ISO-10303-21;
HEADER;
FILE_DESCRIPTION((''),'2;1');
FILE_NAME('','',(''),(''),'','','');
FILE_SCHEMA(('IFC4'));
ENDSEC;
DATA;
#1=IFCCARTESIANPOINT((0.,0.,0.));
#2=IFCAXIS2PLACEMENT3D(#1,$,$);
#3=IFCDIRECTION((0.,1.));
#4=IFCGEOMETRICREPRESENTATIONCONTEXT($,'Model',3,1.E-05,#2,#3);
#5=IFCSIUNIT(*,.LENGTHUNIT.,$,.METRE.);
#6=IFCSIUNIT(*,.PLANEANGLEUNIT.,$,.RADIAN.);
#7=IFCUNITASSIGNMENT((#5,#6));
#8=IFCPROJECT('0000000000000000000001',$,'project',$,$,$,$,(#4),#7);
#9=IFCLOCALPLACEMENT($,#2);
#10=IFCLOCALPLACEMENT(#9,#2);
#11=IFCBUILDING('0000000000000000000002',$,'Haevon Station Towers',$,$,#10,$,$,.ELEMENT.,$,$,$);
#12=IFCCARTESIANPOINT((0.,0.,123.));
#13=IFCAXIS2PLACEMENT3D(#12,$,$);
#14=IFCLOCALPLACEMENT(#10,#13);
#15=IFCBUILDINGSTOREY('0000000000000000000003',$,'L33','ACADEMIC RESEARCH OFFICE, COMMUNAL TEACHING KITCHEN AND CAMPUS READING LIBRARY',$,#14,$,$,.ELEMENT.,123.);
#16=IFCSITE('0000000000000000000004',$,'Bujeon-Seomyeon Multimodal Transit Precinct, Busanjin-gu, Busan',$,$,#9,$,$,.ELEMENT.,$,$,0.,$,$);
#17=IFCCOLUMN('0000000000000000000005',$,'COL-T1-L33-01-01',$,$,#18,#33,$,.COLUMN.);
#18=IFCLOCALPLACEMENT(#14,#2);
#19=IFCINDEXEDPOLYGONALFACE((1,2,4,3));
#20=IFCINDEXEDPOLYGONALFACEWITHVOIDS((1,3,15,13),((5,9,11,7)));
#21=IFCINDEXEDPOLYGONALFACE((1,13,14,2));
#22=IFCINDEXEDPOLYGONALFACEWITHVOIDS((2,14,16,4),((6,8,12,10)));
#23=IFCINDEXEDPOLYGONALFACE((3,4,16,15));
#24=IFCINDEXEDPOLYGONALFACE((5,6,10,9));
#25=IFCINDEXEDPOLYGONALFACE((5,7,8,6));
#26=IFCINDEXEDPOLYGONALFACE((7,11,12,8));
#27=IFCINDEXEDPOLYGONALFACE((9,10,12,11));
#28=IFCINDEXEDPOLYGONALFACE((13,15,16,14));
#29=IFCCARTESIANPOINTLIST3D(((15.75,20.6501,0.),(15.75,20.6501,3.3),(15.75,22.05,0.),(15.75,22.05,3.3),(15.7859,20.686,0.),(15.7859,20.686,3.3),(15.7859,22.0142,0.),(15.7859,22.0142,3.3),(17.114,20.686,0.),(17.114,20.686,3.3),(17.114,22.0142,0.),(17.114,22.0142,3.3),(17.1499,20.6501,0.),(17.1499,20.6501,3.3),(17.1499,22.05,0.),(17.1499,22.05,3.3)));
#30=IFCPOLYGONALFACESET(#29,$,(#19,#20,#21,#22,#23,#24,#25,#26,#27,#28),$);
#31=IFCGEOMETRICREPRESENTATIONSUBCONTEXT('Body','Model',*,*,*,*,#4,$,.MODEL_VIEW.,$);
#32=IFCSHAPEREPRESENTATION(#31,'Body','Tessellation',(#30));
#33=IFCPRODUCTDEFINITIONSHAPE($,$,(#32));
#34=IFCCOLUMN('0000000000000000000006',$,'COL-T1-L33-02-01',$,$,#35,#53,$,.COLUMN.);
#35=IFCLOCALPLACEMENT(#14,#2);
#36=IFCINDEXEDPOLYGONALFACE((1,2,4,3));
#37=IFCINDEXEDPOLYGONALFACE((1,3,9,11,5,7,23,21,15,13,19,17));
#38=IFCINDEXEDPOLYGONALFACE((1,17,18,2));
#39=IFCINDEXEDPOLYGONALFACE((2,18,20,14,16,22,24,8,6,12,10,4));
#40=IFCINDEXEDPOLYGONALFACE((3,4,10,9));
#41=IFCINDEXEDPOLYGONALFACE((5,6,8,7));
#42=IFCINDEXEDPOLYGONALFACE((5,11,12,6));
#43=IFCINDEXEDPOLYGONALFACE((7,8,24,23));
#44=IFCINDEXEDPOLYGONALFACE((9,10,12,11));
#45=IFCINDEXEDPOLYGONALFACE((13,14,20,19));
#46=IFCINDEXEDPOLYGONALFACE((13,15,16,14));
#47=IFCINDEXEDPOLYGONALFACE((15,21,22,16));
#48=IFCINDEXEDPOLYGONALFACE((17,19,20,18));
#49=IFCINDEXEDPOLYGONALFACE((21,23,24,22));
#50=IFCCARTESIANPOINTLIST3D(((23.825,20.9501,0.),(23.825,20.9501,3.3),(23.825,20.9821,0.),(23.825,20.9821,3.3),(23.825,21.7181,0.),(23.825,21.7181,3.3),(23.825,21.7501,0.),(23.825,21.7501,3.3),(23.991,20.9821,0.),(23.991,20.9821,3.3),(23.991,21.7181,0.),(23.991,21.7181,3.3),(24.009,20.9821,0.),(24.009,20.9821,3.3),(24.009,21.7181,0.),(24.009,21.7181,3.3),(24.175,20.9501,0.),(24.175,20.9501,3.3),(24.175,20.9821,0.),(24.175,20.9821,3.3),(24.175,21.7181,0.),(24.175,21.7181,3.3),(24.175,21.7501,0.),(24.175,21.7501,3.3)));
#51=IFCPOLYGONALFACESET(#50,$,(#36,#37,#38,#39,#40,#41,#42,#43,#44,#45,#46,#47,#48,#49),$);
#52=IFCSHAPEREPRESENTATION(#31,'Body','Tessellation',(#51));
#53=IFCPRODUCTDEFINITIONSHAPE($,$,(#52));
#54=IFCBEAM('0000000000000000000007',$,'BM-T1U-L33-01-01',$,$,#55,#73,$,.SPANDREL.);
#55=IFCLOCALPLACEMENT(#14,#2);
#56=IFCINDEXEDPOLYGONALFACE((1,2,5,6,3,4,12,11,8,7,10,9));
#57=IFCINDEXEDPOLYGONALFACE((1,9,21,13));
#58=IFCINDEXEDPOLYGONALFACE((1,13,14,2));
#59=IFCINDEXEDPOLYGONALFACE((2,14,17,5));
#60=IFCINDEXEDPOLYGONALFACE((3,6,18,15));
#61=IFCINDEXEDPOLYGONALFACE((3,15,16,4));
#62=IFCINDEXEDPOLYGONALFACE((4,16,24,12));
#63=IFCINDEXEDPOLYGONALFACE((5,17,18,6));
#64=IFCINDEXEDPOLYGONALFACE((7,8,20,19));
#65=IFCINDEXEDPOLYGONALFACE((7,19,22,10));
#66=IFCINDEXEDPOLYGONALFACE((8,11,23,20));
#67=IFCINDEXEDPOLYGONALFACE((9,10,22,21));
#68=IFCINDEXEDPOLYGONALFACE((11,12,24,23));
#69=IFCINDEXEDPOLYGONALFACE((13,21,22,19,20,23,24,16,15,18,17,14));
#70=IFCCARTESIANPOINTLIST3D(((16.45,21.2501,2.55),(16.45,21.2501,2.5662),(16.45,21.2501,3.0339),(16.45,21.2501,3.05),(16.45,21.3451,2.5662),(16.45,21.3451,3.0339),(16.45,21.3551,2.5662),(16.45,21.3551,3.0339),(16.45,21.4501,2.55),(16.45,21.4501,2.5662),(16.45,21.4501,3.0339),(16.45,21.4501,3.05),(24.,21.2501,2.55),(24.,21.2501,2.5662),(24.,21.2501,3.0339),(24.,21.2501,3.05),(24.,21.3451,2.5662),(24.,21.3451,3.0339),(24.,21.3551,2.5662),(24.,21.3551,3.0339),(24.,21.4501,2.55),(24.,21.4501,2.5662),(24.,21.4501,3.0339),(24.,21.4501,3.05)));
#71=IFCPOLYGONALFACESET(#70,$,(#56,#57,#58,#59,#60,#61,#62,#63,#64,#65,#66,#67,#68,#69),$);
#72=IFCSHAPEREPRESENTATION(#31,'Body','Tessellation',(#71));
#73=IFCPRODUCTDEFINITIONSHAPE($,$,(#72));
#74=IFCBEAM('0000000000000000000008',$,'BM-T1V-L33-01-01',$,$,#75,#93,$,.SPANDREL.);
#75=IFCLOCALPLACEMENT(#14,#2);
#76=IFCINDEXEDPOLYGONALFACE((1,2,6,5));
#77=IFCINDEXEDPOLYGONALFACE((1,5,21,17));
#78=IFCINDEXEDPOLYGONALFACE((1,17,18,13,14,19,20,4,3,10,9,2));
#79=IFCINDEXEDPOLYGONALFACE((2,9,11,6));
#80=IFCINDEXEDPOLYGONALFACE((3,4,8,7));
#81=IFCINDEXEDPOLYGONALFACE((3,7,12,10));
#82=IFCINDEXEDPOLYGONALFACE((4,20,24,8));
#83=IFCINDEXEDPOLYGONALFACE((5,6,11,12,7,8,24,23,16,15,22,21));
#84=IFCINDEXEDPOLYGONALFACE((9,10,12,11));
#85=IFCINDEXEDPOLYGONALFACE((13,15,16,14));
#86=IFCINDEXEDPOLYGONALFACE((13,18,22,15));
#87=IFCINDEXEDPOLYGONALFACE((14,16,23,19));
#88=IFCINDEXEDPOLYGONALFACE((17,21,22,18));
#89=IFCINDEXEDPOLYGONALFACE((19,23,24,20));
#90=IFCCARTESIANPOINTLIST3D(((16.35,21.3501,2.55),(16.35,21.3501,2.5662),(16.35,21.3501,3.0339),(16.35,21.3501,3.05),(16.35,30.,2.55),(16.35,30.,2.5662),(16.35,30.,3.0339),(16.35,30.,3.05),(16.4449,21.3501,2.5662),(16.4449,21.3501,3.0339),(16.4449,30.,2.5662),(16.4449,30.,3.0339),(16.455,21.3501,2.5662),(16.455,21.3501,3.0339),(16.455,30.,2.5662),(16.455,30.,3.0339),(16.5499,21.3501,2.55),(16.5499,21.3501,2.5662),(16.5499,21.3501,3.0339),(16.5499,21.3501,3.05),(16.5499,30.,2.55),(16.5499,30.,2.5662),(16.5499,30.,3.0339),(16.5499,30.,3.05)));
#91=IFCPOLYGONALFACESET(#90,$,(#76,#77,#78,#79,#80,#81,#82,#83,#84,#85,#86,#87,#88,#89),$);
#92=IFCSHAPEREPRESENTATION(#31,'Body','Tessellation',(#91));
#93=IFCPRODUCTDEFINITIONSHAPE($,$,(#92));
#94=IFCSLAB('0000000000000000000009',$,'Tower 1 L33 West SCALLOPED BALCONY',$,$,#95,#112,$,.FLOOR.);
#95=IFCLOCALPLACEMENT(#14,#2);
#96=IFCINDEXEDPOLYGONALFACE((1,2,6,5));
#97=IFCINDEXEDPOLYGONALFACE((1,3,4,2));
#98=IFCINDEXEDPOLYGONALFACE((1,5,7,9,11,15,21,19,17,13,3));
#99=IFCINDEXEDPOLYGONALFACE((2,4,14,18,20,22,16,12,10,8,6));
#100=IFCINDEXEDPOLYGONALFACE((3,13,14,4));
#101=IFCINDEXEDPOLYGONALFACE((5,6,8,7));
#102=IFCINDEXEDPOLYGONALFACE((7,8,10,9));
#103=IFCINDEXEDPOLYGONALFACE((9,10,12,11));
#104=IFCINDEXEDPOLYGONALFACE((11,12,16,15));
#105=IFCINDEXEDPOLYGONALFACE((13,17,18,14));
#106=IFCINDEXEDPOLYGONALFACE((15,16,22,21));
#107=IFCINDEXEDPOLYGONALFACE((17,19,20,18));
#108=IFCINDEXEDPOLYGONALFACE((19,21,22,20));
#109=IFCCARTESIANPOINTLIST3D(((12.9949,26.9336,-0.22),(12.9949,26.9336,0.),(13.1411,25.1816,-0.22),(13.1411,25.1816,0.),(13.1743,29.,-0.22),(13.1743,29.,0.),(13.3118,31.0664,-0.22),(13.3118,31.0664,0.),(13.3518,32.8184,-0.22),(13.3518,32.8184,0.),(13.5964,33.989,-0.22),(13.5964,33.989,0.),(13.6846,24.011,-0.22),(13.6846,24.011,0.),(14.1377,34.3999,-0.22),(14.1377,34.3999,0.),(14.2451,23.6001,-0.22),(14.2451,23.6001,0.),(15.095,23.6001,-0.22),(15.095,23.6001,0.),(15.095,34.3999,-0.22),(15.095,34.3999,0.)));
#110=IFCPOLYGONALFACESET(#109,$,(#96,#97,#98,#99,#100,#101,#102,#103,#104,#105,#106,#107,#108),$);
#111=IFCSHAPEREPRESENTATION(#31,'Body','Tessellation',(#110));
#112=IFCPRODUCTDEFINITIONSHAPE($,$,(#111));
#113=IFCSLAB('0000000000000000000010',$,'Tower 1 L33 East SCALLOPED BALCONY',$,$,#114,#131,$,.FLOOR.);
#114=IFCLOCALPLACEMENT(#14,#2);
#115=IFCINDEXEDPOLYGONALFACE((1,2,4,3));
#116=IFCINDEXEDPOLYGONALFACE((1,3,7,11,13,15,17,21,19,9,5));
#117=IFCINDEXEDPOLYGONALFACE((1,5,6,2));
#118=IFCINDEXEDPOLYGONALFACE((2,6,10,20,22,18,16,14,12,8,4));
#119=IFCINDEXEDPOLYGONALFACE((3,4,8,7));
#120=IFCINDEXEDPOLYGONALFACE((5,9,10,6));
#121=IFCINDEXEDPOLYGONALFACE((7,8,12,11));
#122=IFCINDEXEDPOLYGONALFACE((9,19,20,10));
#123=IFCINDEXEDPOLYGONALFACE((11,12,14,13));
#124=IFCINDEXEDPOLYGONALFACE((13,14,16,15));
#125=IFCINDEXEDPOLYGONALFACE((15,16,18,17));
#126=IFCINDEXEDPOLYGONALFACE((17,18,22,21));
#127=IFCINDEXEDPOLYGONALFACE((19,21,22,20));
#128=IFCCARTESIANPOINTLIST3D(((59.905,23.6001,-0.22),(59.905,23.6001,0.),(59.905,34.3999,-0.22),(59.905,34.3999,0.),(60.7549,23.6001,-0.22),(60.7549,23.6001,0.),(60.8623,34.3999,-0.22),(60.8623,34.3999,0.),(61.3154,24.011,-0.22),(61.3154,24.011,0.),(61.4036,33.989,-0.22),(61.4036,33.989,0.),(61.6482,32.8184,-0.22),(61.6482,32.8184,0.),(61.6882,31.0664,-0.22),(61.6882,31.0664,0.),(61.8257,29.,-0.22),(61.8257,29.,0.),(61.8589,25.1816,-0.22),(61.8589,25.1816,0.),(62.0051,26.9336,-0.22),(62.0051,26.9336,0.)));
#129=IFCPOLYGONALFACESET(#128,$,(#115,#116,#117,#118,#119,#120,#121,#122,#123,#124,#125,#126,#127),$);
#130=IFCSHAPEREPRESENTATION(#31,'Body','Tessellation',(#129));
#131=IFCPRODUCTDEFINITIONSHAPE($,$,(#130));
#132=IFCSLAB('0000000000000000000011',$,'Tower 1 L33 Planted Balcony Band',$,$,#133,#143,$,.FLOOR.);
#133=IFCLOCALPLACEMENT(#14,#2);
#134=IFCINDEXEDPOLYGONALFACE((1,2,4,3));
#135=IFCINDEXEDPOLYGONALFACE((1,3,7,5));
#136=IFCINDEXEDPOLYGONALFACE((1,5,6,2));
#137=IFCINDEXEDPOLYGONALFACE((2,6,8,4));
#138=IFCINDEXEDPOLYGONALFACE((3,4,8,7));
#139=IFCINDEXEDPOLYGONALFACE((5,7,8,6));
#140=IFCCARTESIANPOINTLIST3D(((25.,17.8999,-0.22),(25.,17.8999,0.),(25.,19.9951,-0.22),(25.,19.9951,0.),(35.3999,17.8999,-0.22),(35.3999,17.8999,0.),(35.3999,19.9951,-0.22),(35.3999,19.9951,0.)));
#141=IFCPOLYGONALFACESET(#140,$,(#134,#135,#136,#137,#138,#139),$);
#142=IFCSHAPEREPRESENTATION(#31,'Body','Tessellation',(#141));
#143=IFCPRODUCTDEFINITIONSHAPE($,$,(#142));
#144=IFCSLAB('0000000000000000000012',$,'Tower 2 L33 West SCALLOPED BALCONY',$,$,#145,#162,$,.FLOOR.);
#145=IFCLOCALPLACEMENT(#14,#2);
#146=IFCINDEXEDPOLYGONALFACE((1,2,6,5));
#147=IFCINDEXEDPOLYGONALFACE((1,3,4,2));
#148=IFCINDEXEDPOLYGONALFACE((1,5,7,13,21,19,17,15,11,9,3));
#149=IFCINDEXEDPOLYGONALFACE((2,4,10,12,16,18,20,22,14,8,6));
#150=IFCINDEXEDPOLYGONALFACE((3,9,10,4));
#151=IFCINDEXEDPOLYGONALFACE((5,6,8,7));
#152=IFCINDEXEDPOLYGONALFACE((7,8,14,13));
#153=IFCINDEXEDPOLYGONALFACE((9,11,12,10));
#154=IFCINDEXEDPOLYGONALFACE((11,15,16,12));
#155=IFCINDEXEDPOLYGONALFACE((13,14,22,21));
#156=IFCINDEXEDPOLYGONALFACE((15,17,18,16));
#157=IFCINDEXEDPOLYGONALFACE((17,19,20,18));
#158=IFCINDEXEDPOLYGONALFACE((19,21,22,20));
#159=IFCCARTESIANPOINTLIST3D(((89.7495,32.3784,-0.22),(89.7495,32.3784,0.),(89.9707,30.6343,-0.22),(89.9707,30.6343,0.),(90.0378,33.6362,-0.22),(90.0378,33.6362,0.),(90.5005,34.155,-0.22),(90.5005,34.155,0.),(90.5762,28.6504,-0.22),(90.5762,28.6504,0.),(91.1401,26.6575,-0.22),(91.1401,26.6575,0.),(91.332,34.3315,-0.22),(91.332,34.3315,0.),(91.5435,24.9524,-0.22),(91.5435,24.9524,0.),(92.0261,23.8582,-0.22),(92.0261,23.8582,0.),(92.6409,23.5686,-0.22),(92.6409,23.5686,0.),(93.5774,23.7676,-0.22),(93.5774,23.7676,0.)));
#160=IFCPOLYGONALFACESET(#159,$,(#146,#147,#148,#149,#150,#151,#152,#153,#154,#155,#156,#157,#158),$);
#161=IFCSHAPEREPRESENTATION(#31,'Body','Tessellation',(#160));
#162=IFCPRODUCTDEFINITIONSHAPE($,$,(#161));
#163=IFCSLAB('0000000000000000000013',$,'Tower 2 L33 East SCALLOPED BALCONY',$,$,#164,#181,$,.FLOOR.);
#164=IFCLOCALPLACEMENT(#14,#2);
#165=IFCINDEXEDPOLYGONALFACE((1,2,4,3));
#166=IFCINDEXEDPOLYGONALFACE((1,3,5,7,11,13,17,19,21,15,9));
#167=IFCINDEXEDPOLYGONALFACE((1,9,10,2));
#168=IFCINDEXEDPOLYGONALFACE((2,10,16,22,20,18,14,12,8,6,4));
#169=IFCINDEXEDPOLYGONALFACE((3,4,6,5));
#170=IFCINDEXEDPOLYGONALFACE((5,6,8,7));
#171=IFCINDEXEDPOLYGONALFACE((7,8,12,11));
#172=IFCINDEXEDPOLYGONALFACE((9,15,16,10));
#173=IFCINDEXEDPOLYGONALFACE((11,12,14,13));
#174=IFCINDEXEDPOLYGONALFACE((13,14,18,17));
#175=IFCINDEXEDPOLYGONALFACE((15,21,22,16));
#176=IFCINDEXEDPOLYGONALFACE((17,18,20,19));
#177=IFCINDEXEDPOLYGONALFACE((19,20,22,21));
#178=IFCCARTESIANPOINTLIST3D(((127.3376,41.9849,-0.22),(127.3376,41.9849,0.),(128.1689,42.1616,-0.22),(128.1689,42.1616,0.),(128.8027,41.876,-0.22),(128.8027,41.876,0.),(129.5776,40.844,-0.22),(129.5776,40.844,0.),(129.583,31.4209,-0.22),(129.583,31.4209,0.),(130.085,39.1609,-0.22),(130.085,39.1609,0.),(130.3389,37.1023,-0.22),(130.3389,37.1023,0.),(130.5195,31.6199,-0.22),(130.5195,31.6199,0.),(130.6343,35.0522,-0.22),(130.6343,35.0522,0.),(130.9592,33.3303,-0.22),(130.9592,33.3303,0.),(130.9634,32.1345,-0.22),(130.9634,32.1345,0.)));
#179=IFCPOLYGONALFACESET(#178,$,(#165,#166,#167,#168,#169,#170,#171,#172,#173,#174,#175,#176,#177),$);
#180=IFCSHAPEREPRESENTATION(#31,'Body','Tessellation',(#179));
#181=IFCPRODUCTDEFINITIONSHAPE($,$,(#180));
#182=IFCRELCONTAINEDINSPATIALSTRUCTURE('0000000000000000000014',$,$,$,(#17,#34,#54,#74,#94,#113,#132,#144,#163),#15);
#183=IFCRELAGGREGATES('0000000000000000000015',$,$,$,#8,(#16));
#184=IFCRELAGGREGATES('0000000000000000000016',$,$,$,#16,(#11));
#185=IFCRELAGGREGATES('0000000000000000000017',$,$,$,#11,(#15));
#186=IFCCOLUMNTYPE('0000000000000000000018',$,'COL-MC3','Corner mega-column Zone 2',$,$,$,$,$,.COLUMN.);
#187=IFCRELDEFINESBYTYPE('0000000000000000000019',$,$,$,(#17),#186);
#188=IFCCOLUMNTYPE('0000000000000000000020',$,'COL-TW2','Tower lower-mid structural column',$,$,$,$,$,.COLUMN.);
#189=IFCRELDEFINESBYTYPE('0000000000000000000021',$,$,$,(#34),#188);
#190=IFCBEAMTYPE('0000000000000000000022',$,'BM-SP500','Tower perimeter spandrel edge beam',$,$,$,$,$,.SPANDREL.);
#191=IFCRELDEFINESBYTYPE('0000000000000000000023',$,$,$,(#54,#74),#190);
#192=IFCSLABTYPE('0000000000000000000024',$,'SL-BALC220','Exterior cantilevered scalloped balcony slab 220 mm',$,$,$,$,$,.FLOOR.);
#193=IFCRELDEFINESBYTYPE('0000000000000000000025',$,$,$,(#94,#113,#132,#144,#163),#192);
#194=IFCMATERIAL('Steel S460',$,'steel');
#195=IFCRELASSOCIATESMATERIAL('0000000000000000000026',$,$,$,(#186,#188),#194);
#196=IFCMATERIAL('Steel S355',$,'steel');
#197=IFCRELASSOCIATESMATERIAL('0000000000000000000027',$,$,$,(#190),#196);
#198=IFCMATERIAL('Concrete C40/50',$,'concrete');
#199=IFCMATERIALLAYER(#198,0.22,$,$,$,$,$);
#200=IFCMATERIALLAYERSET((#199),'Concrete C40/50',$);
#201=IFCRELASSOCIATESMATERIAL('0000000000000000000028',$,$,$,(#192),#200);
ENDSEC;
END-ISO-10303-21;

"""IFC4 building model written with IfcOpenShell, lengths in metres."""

from ifc_helpers import new_model, si_unit, direction, frame, origin, origin_2d, place, context, subcontext, project, spatial, polyline, hollow_rectangle, i_section, outline, extrude, material, layer, layer_set, material_profile, profile_set, type_object, element, save


model = new_model("IFC4")

# Units and contexts
model_context = context("Model", 3, precision=1e-05, world=origin(), true_north=direction((0.0, 1.0)))
body_context = subcontext(model_context, "Body", "Model", "MODEL_VIEW")
ifc_project = project(units=[si_unit("LENGTHUNIT", "METRE"), si_unit("PLANEANGLEUNIT", "RADIAN")], contexts=[model_context])

# Site, building, storey
site_placement = place(None, origin())
site = spatial("IfcSite", under=ifc_project, at=site_placement, Name="Bujeon-Seomyeon Multimodal Transit Precinct, Busanjin-gu, Busan", CompositionType="ELEMENT", RefElevation=0.0)
building_placement = place(site_placement, origin())
building = spatial("IfcBuilding", under=site, at=building_placement, Name="Haevon Station Towers", CompositionType="ELEMENT")
storey_placement = place(building_placement, frame((0.0, 0.0, 123.0)))
storey = spatial("IfcBuildingStorey", under=building, at=storey_placement, Name="L33", Description="ACADEMIC RESEARCH OFFICE, COMMUNAL TEACHING KITCHEN AND CAMPUS READING LIBRARY", CompositionType="ELEMENT", Elevation=123.0)

# Columns
ifc_material_1 = material(Name="Steel S460", Category="steel")
ifc_material_profile_1 = material_profile(ifc_material_1, hollow_rectangle(XDim=1.3999, YDim=1.3999, WallThickness=0.0359, at=origin_2d()), Name="BOX-1400x1400x36")
ifc_profile_set_1 = profile_set([ifc_material_profile_1], Name="Steel S460")
column_type_1 = type_object("IfcColumnType", Name="COL-MC3", Description="Corner mega-column Zone 2", PredefinedType="COLUMN", material=ifc_profile_set_1)
column_1_placement = place(storey_placement, frame((16.45, 21.3501, 0.0), z_axis=(0.0, 0.0, 1.0), x_axis=(1.0, 0.0, 0.0)))
element("IfcColumn", 1, at=column_1_placement, inside=storey, type_object=column_type_1, Name="COL-T1-L33-01-01", PredefinedType="COLUMN", context=body_context, shape_type="SweptSolid", body=[
    extrude(hollow_rectangle(XDim=1.3999, YDim=1.3999, WallThickness=0.0359, at=origin_2d()), origin(), (0.0, 0.0, 1.0), 3.3),
])
ifc_material_profile_2 = material_profile(ifc_material_1, i_section(OverallWidth=0.3501, OverallDepth=0.8, WebThickness=0.0181, FlangeThickness=0.032, at=origin_2d()), Name="H-800x350x18x32")
ifc_profile_set_2 = profile_set([ifc_material_profile_2], Name="Steel S460")
column_type_2 = type_object("IfcColumnType", Name="COL-TW2", Description="Tower lower-mid structural column", PredefinedType="COLUMN", material=ifc_profile_set_2)
column_2_placement = place(storey_placement, frame((24.0, 21.3501, 0.0), z_axis=(0.0, 0.0, 1.0), x_axis=(1.0, 0.0, 0.0)))
element("IfcColumn", 2, at=column_2_placement, inside=storey, type_object=column_type_2, Name="COL-T1-L33-02-01", PredefinedType="COLUMN", context=body_context, shape_type="SweptSolid", body=[
    extrude(i_section(OverallWidth=0.3501, OverallDepth=0.8, WebThickness=0.0181, FlangeThickness=0.032, at=origin_2d()), origin(), (0.0, 0.0, 1.0), 3.3),
])

# Beams
ifc_material_2 = material(Name="Steel S355", Category="steel")
ifc_material_profile_3 = material_profile(ifc_material_2, i_section(OverallWidth=0.2, OverallDepth=0.5, WebThickness=0.01, FlangeThickness=0.0161, at=origin_2d()), Name="H-500x200x10x16")
ifc_profile_set_3 = profile_set([ifc_material_profile_3], Name="Steel S355")
beam_type = type_object("IfcBeamType", Name="BM-SP500", Description="Tower perimeter spandrel edge beam", PredefinedType="SPANDREL", material=ifc_profile_set_3)
beam_1_placement = place(storey_placement, frame((16.45, 21.3501, 2.8), z_axis=(1.0, 0.0, 0.0), x_axis=(0.0, 1.0, 0.0)))
element("IfcBeam", 3, at=beam_1_placement, inside=storey, type_object=beam_type, Name="BM-T1U-L33-01-01", PredefinedType="SPANDREL", context=body_context, shape_type="SweptSolid", body=[
    extrude(i_section(OverallWidth=0.2, OverallDepth=0.5, WebThickness=0.01, FlangeThickness=0.0161, at=origin_2d()), origin(), (0.0, 0.0, 1.0), 7.55),
])
beam_2_placement = place(storey_placement, frame((16.45, 21.3501, 2.8), z_axis=(0.0, 1.0, 0.0), x_axis=(-1.0, 0.0, 0.0)))
element("IfcBeam", 4, at=beam_2_placement, inside=storey, type_object=beam_type, Name="BM-T1V-L33-01-01", PredefinedType="SPANDREL", context=body_context, shape_type="SweptSolid", body=[
    extrude(i_section(OverallWidth=0.2, OverallDepth=0.5, WebThickness=0.01, FlangeThickness=0.0161, at=origin_2d()), origin(), (0.0, 0.0, 1.0), 8.6499),
])

# Slabs
ifc_material_3 = material(Name="Concrete C40/50", Category="concrete")
ifc_layer_1 = layer(ifc_material_3, 0.22)
ifc_layer_set_1 = layer_set([ifc_layer_1], Name="Concrete C40/50")
slab_type_1 = type_object("IfcSlabType", Name="SL-BALC220", Description="Exterior cantilevered scalloped balcony slab 220 mm", PredefinedType="FLOOR", material=ifc_layer_set_1)
slab_1_placement = place(storey_placement, frame((0.0, 0.0, -0.22)))
element("IfcSlab", 5, at=slab_1_placement, inside=storey, type_object=slab_type_1, Name="Tower 1 L33 West SCALLOPED BALCONY", PredefinedType="FLOOR", context=body_context, shape_type="SweptSolid", body=[
    extrude(outline(polyline([(15.095, 34.3999), (14.1377, 34.3999), (13.5964, 33.989), (13.3518, 32.8184), (13.3118, 31.0664), (13.1743, 29.0), (12.9949, 26.9336), (13.1411, 25.1816), (13.6846, 24.011), (14.2451, 23.6001), (15.095, 23.6001), (15.095, 34.3999)])), origin(), (0.0, 0.0, 1.0), 0.22),
])
slab_2_placement = place(storey_placement, frame((0.0, 0.0, -0.22)))
element("IfcSlab", 6, at=slab_2_placement, inside=storey, type_object=slab_type_1, Name="Tower 1 L33 East SCALLOPED BALCONY", PredefinedType="FLOOR", context=body_context, shape_type="SweptSolid", body=[
    extrude(outline(polyline([(59.905, 23.6001), (60.7549, 23.6001), (61.3154, 24.011), (61.8589, 25.1816), (62.0051, 26.9336), (61.8257, 29.0), (61.6882, 31.0664), (61.6482, 32.8184), (61.4036, 33.989), (60.8623, 34.3999), (59.905, 34.3999), (59.905, 23.6001)])), origin(), (0.0, 0.0, 1.0), 0.22),
])
slab_3_placement = place(storey_placement, frame((0.0, 0.0, -0.22)))
element("IfcSlab", 7, at=slab_3_placement, inside=storey, type_object=slab_type_1, Name="Tower 1 L33 Planted Balcony Band", PredefinedType="FLOOR", context=body_context, shape_type="SweptSolid", body=[
    extrude(outline(polyline([(25.0, 17.8999), (35.3999, 17.8999), (35.3999, 19.9951), (25.0, 19.9951), (25.0, 17.8999)])), origin(), (0.0, 0.0, 1.0), 0.22),
])
slab_4_placement = place(storey_placement, frame((0.0, 0.0, -0.22)))
element("IfcSlab", 8, at=slab_4_placement, inside=storey, type_object=slab_type_1, Name="Tower 2 L33 West SCALLOPED BALCONY", PredefinedType="FLOOR", context=body_context, shape_type="SweptSolid", body=[
    extrude(outline(polyline([(91.332, 34.3315), (90.5005, 34.155), (90.0378, 33.6362), (89.7495, 32.3784), (89.9707, 30.6343), (90.5762, 28.6504), (91.1401, 26.6575), (91.5435, 24.9524), (92.0261, 23.8582), (92.6409, 23.5686), (93.5774, 23.7676), (91.332, 34.3315)])), origin(), (0.0, 0.0, 1.0), 0.22),
])
slab_5_placement = place(storey_placement, frame((0.0, 0.0, -0.22)))
element("IfcSlab", 9, at=slab_5_placement, inside=storey, type_object=slab_type_1, Name="Tower 2 L33 East SCALLOPED BALCONY", PredefinedType="FLOOR", context=body_context, shape_type="SweptSolid", body=[
    extrude(outline(polyline([(129.583, 31.4209), (130.5195, 31.6199), (130.9634, 32.1345), (130.9592, 33.3303), (130.6343, 35.0522), (130.3389, 37.1023), (130.085, 39.1609), (129.5776, 40.844), (128.8027, 41.876), (128.1689, 42.1616), (127.3376, 41.9849), (129.583, 31.4209)])), origin(), (0.0, 0.0, 1.0), 0.22),
])

save(model, "model.ifc")
